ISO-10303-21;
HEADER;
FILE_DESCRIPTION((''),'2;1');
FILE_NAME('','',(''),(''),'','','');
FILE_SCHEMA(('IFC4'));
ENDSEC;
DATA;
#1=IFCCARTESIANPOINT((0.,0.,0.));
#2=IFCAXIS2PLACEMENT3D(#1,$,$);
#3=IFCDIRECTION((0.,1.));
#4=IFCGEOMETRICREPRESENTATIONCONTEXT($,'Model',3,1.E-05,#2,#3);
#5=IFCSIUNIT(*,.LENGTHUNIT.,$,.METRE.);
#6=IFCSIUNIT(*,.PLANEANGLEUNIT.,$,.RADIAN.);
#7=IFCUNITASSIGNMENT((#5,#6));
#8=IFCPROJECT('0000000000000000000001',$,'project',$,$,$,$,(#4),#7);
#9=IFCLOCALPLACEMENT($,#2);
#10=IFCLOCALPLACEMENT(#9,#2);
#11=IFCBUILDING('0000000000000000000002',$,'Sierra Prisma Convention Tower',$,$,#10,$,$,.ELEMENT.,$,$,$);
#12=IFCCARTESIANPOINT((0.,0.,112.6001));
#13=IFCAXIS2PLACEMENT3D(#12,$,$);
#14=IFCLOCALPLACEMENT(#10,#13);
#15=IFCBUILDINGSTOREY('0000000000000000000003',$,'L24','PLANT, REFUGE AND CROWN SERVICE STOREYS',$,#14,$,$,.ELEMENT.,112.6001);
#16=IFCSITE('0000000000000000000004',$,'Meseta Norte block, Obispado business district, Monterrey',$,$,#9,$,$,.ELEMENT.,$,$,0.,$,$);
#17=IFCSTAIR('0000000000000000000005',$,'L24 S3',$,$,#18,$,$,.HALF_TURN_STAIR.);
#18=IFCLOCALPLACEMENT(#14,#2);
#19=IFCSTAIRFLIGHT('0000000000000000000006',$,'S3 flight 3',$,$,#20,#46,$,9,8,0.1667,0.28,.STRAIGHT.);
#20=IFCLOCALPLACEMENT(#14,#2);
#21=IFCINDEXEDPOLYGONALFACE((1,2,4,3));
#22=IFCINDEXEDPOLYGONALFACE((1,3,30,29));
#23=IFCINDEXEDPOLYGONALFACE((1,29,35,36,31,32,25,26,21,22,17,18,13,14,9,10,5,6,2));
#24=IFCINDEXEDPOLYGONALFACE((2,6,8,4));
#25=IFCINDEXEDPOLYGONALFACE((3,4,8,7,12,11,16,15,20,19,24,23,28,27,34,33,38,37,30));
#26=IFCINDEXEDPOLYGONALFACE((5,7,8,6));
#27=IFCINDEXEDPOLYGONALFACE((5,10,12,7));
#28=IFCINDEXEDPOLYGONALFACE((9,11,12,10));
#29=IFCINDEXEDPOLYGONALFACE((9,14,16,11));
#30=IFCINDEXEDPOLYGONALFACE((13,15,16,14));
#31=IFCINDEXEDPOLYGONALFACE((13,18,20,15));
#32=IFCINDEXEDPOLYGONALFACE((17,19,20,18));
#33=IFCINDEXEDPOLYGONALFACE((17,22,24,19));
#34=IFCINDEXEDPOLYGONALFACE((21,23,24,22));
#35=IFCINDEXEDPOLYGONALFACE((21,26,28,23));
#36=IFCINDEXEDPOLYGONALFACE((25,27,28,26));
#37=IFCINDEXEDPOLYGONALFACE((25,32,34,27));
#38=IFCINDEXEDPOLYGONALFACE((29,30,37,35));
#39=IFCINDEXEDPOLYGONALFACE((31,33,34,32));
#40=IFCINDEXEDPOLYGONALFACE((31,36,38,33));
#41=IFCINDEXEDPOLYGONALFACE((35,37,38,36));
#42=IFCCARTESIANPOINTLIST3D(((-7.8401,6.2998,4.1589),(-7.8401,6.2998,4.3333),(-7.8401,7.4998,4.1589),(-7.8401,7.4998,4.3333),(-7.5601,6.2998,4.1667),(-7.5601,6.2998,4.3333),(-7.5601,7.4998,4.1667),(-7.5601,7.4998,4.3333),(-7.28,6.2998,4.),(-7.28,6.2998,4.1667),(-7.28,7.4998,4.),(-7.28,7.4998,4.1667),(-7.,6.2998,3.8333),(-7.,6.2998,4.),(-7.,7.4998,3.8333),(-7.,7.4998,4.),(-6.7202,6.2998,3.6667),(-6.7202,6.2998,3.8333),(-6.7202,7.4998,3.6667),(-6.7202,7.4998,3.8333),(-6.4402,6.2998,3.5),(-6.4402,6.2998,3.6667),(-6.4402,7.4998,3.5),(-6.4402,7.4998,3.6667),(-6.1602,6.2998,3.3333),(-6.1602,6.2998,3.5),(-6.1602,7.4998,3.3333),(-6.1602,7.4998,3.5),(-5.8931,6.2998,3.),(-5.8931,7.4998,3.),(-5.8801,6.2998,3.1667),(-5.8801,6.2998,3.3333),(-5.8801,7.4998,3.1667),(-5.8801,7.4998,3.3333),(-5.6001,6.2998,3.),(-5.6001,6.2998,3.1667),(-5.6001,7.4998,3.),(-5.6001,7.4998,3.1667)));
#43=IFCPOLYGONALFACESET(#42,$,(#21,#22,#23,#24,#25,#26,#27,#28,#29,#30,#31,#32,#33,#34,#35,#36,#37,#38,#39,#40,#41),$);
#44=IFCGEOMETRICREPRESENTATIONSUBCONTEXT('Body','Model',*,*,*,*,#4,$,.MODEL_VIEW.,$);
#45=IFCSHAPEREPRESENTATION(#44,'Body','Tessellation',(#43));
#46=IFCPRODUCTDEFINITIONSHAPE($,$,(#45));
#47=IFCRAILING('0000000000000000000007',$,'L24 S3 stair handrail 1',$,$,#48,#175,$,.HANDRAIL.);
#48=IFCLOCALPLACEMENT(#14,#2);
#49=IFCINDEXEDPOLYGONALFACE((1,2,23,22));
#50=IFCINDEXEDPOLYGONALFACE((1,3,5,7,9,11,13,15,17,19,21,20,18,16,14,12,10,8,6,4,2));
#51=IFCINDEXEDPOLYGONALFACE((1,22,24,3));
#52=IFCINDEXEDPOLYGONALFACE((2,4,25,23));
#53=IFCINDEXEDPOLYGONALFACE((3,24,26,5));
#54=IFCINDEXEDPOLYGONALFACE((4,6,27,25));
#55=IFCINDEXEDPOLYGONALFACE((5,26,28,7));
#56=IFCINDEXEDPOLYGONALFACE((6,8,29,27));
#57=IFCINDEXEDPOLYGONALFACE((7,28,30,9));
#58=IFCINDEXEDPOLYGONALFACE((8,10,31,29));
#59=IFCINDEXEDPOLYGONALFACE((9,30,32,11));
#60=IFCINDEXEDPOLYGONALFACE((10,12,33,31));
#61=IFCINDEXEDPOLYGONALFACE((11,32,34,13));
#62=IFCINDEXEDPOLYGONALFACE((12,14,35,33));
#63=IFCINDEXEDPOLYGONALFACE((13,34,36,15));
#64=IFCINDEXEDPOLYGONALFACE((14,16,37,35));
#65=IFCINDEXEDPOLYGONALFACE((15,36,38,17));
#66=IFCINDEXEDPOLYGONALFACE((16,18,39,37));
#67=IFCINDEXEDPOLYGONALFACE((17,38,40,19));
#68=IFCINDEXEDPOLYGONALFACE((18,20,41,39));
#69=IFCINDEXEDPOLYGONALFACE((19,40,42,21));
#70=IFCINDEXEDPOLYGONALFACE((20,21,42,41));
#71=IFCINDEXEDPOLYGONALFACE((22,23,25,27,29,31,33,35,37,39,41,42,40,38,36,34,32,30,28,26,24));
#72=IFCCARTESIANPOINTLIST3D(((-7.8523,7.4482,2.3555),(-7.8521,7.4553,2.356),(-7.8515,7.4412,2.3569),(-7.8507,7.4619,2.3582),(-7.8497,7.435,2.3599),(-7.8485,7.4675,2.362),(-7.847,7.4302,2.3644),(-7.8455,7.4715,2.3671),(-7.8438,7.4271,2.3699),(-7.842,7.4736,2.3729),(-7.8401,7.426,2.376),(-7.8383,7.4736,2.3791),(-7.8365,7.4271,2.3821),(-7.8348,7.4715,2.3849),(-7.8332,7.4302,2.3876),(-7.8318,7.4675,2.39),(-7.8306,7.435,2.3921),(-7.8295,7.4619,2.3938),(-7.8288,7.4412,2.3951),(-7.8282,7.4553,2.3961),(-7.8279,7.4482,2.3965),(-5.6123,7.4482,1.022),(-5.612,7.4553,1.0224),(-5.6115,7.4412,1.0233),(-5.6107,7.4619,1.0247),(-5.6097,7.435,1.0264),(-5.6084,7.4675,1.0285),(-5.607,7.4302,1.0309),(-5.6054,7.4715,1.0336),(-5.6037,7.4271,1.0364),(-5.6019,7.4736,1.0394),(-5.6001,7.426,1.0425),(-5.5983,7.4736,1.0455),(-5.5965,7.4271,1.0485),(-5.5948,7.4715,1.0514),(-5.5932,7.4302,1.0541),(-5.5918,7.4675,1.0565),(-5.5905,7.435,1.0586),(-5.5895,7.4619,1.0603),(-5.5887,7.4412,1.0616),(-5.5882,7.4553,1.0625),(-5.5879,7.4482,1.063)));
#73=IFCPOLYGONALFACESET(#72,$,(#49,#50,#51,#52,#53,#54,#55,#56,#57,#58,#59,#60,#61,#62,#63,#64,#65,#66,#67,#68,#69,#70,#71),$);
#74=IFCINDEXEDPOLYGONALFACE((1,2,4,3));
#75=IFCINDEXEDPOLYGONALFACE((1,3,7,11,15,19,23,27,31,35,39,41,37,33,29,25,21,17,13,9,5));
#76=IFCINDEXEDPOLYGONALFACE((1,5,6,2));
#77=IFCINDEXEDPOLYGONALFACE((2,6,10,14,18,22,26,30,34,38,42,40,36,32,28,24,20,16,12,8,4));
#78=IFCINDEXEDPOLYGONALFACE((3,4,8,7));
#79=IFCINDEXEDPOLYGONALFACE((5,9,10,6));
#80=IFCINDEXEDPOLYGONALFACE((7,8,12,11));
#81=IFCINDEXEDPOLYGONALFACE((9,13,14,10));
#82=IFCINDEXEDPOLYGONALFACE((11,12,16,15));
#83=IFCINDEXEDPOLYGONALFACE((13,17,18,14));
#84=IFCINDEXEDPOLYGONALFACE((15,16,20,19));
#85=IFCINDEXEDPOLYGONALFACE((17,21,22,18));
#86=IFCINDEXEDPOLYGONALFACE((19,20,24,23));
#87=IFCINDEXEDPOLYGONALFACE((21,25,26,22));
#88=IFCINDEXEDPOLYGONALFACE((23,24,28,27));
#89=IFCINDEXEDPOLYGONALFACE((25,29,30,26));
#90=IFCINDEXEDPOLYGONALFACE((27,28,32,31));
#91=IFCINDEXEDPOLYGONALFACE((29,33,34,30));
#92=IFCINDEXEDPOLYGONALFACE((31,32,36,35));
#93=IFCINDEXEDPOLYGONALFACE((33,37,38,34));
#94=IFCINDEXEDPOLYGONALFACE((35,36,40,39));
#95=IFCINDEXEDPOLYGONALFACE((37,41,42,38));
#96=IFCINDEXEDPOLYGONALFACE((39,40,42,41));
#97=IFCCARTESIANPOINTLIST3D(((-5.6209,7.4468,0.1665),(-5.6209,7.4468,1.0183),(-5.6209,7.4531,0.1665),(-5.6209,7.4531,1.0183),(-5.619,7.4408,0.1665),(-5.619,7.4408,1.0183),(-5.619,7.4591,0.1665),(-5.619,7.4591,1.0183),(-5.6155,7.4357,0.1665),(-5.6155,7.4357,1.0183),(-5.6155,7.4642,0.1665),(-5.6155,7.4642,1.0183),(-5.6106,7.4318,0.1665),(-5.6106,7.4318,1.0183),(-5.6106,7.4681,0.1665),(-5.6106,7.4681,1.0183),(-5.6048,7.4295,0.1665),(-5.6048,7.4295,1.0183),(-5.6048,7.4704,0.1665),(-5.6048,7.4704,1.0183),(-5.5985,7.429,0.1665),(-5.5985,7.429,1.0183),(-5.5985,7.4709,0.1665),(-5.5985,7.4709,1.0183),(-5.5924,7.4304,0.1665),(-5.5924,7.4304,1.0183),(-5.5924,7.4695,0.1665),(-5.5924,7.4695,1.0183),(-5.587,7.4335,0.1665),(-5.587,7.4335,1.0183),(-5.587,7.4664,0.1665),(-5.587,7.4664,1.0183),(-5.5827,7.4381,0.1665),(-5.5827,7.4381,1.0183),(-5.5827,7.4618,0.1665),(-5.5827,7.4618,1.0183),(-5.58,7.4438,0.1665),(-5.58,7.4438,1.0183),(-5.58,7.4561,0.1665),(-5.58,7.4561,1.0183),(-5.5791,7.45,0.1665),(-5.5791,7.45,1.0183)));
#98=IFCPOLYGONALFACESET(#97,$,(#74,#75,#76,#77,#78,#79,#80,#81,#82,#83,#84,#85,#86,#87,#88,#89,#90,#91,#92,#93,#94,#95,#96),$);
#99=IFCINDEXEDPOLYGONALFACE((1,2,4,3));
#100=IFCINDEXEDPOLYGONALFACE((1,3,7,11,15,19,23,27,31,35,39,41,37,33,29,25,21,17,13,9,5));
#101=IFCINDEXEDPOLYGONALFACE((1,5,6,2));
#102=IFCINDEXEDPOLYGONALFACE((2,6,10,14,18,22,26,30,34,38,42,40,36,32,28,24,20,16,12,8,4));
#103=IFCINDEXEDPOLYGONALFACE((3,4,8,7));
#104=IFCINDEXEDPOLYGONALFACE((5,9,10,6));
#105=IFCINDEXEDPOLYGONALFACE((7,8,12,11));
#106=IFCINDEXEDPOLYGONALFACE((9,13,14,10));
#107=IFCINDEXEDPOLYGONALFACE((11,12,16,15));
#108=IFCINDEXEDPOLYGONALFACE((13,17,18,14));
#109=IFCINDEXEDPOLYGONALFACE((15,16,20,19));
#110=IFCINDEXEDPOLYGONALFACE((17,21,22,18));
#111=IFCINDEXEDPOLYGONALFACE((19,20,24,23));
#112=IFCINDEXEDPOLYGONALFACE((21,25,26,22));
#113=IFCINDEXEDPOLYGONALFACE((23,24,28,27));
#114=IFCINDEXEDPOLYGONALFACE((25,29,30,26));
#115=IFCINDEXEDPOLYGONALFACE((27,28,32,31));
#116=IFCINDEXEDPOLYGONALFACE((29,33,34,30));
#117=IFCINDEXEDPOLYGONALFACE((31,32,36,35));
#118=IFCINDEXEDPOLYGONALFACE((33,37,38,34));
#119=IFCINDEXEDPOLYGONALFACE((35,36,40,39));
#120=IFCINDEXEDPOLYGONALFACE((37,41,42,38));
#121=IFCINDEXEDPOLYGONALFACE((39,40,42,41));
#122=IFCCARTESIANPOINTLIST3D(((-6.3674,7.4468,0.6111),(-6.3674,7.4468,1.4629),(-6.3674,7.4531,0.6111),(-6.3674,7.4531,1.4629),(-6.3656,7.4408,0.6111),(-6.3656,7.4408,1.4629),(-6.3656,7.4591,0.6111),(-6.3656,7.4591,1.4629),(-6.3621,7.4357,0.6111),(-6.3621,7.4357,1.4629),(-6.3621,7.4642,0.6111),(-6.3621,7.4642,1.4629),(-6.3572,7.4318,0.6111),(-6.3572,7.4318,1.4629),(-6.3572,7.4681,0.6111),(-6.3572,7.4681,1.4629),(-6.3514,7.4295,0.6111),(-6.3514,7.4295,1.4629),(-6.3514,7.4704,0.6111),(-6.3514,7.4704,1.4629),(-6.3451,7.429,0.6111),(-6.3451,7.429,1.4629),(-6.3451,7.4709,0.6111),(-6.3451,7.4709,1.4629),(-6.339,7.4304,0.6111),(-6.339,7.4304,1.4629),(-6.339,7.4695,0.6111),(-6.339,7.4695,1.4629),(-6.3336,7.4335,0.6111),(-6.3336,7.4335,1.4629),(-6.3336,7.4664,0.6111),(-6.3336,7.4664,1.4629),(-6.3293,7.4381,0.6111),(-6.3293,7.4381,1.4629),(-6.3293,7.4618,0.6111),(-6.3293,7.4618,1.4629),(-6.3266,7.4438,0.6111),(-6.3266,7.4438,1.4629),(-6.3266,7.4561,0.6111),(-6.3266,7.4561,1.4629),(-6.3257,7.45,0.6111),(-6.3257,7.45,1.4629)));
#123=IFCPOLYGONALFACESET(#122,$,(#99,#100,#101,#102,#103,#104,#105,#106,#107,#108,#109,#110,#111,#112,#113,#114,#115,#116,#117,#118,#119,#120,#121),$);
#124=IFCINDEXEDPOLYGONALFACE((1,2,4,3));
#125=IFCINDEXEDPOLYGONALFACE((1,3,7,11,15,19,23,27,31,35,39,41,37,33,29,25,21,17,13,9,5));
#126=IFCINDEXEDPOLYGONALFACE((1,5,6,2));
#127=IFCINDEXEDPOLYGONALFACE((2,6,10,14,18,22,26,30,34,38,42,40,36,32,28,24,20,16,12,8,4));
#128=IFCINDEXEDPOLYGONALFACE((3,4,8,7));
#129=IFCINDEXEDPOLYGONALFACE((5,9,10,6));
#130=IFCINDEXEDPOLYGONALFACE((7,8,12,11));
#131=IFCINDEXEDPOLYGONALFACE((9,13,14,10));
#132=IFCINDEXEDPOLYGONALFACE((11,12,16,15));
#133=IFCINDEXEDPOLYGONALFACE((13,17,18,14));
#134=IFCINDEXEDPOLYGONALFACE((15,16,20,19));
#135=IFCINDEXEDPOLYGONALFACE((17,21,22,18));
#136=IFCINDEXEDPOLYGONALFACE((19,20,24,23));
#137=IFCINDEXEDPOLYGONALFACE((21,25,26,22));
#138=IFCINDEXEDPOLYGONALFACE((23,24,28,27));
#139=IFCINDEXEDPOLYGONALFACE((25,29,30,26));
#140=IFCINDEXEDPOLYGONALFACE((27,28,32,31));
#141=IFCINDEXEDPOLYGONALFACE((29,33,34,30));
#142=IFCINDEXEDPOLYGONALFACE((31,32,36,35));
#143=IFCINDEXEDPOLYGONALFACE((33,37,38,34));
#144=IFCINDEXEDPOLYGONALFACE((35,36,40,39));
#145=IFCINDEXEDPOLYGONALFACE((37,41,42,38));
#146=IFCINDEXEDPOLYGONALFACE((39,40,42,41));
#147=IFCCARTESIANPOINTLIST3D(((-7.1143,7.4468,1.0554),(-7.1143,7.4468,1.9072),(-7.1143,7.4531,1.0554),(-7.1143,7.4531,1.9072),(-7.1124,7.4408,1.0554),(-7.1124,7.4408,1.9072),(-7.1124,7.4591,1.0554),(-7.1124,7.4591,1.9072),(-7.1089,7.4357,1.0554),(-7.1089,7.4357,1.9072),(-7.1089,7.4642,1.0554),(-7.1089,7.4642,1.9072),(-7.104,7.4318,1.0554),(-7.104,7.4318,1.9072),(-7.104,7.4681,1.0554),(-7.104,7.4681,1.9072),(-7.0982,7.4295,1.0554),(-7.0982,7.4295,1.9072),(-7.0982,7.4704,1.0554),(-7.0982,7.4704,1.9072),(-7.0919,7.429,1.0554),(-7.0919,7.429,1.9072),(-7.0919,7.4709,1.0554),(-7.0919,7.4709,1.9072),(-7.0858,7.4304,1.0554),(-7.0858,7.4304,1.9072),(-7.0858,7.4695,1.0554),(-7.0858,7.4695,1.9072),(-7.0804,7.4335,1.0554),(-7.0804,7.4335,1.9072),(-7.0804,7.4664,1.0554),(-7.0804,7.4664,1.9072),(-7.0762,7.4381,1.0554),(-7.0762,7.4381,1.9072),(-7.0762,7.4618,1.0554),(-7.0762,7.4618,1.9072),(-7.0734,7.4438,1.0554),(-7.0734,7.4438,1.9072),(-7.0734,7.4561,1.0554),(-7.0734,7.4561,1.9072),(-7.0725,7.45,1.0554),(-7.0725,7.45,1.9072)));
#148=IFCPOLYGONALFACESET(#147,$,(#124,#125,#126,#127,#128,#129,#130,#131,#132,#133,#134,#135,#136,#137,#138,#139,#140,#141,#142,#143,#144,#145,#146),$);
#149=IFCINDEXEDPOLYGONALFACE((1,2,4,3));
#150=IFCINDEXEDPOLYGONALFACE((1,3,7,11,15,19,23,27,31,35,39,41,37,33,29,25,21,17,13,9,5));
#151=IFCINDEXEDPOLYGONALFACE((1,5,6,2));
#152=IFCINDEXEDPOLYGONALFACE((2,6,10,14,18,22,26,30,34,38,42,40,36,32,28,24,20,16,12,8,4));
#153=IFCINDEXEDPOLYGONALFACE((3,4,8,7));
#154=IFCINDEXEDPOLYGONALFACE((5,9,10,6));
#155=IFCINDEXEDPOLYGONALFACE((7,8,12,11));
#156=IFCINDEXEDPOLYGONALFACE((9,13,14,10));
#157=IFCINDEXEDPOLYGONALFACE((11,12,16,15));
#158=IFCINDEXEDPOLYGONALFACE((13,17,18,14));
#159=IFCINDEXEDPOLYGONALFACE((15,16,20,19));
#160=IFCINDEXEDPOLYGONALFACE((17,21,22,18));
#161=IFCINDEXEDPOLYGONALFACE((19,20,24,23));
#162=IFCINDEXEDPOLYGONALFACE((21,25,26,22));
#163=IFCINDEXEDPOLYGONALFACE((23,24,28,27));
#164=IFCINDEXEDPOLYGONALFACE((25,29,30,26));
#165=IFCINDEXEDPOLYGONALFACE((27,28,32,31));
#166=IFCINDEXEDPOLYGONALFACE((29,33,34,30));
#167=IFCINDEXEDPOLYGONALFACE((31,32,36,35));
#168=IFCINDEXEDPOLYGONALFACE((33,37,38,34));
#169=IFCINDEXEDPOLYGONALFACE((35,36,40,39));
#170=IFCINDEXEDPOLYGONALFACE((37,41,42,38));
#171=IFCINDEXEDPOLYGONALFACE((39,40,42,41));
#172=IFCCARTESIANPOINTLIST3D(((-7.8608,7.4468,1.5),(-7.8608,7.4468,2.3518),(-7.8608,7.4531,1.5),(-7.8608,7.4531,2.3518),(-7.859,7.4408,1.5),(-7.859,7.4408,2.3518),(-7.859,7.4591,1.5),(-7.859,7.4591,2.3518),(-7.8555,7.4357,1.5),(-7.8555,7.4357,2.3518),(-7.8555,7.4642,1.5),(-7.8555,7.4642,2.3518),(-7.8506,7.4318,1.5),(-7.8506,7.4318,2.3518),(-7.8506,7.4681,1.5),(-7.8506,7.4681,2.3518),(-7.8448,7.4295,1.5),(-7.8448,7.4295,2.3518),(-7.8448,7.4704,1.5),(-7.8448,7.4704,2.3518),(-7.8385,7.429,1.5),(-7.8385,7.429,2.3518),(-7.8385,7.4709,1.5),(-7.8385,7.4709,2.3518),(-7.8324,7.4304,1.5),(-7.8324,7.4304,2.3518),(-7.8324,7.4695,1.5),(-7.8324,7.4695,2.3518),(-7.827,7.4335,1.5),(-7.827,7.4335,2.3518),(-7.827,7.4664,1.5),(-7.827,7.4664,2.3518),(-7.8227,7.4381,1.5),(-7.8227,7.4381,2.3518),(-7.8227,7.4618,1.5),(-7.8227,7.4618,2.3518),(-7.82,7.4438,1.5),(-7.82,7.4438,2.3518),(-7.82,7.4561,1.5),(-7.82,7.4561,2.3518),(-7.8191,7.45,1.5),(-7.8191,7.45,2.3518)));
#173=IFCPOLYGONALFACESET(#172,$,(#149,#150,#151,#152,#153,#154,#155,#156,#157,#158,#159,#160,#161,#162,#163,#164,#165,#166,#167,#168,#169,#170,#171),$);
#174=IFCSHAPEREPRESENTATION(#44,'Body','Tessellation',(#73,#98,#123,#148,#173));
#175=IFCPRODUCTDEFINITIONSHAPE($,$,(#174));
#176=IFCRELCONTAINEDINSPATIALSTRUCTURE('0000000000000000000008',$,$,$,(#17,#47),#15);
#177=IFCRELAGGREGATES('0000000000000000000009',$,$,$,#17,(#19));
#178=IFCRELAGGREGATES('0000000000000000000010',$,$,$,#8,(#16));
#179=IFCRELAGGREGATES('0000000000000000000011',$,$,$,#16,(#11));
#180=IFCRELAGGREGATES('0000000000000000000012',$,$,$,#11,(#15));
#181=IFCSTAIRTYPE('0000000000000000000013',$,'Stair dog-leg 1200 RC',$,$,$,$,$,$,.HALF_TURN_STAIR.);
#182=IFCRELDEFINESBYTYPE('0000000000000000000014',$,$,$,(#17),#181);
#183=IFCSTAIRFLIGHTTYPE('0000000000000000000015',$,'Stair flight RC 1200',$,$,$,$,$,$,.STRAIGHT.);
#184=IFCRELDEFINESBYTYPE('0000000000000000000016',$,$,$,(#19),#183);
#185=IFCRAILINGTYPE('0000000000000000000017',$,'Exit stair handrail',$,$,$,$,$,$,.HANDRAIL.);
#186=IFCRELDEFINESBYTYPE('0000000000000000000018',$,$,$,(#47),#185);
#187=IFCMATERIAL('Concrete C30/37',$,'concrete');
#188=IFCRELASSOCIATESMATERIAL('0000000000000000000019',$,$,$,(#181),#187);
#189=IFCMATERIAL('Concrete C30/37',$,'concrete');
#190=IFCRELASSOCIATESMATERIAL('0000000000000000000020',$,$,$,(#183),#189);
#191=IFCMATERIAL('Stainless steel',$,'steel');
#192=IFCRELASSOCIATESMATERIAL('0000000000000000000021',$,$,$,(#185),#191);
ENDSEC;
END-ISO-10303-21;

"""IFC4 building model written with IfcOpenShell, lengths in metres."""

from ifc_helpers import new_model, si_unit, direction, frame, origin, origin_2d, place, context, subcontext, project, spatial, polyline, circle, outline, extrude, material, type_object, element, aggregate, save


model = new_model("IFC4")

# Units and contexts
model_context = context("Model", 3, precision=1e-05, world=origin(), true_north=direction((0.0, 1.0)))
body_context = subcontext(model_context, "Body", "Model", "MODEL_VIEW")
ifc_project = project(units=[si_unit("LENGTHUNIT", "METRE"), si_unit("PLANEANGLEUNIT", "RADIAN")], contexts=[model_context])

# Site, building, storey
site_placement = place(None, origin())
site = spatial("IfcSite", under=ifc_project, at=site_placement, Name="Meseta Norte block, Obispado business district, Monterrey", CompositionType="ELEMENT", RefElevation=0.0)
building_placement = place(site_placement, origin())
building = spatial("IfcBuilding", under=site, at=building_placement, Name="Sierra Prisma Convention Tower", CompositionType="ELEMENT")
storey_placement = place(building_placement, frame((0.0, 0.0, 112.6001)))
storey = spatial("IfcBuildingStorey", under=building, at=storey_placement, Name="L24", Description="PLANT, REFUGE AND CROWN SERVICE STOREYS", CompositionType="ELEMENT", Elevation=112.6001)

# Stair, stair flight
ifc_material_1 = material(Name="Concrete C30/37", Category="concrete")
stair_type = type_object("IfcStairType", Name="Stair dog-leg 1200 RC", PredefinedType="HALF_TURN_STAIR", material=ifc_material_1)
stair_placement = place(storey_placement, origin())
stair = element("IfcStair", 1, at=stair_placement, inside=storey, type_object=stair_type, Name="L24 S3", PredefinedType="HALF_TURN_STAIR")
ifc_material_2 = material(Name="Concrete C30/37", Category="concrete")
stair_flight_type = type_object("IfcStairFlightType", Name="Stair flight RC 1200", PredefinedType="STRAIGHT", material=ifc_material_2)
stair_flight_1_placement = place(storey_placement, frame((-5.6001, 6.8999, 3.0), z_axis=(0.0, 0.0, 1.0), x_axis=(-1.0, 0.0, 0.0)))
stair_flight_1 = element("IfcStairFlight", 2, at=stair_flight_1_placement, type_object=stair_flight_type, Name="S3 flight 3", NumberOfRisers=9, NumberOfTreads=8, PredefinedType="STRAIGHT", RiserHeight=0.1667, TreadLength=0.28, context=body_context, shape_type="SweptSolid", body=[
    extrude(outline(polyline([(0.0, 0.0), (0.0, 0.1667), (0.28, 0.1667), (0.28, 0.3333), (0.5601, 0.3333), (0.5601, 0.5), (0.8401, 0.5), (0.8401, 0.6667), (1.1201, 0.6667), (1.1201, 0.8333), (1.3999, 0.8333), (1.3999, 1.0), (1.6799, 1.0), (1.6799, 1.1667), (1.96, 1.1667), (1.96, 1.3333), (2.24, 1.3333), (2.24, 1.5), (2.24, 1.1589), (0.293, 0.0), (0.0, 0.0)])), frame((0.0, 0.6001, 0.0), z_axis=(0.0, -1.0, 0.0), x_axis=(1.0, 0.0, 0.0)), (0.0, 0.0, 1.0), 1.2),
])
aggregate(stair, [stair_flight_1])

# Railing
ifc_material_3 = material(Name="Stainless steel", Category="steel")
railing_type_1 = type_object("IfcRailingType", Name="Exit stair handrail", PredefinedType="HANDRAIL", material=ifc_material_3)
for number, where, name in (
    (3, (-5.6001, 7.45, 0.1665), "L24 S3 stair handrail 1"),
):
    element("IfcRailing", number, at=place(storey_placement, frame(where)), inside=storey, type_object=railing_type_1, Name=name, PredefinedType="HANDRAIL", context=body_context, shape_type="SweptSolid", body=[
        extrude(circle(Radius=0.0239, at=origin_2d()), frame((0.0, 0.0, 0.876), z_axis=(-0.859264, 0.0, 0.511532), x_axis=(0.0, -1.0, 0.0)), (0.0, 0.0, 1.0), 2.6069),
        extrude(circle(Radius=0.021, at=origin_2d()), origin(), (0.0, 0.0, 1.0), 0.8518),
        extrude(circle(Radius=0.021, at=origin_2d()), frame((-0.7466, 0.0, 0.4446)), (0.0, 0.0, 1.0), 0.8518),
        extrude(circle(Radius=0.021, at=origin_2d()), frame((-1.4934, 0.0, 0.8889)), (0.0, 0.0, 1.0), 0.8518),
        extrude(circle(Radius=0.021, at=origin_2d()), frame((-2.24, 0.0, 1.3335)), (0.0, 0.0, 1.0), 0.8518),
    ])

save(model, "model.ifc")
